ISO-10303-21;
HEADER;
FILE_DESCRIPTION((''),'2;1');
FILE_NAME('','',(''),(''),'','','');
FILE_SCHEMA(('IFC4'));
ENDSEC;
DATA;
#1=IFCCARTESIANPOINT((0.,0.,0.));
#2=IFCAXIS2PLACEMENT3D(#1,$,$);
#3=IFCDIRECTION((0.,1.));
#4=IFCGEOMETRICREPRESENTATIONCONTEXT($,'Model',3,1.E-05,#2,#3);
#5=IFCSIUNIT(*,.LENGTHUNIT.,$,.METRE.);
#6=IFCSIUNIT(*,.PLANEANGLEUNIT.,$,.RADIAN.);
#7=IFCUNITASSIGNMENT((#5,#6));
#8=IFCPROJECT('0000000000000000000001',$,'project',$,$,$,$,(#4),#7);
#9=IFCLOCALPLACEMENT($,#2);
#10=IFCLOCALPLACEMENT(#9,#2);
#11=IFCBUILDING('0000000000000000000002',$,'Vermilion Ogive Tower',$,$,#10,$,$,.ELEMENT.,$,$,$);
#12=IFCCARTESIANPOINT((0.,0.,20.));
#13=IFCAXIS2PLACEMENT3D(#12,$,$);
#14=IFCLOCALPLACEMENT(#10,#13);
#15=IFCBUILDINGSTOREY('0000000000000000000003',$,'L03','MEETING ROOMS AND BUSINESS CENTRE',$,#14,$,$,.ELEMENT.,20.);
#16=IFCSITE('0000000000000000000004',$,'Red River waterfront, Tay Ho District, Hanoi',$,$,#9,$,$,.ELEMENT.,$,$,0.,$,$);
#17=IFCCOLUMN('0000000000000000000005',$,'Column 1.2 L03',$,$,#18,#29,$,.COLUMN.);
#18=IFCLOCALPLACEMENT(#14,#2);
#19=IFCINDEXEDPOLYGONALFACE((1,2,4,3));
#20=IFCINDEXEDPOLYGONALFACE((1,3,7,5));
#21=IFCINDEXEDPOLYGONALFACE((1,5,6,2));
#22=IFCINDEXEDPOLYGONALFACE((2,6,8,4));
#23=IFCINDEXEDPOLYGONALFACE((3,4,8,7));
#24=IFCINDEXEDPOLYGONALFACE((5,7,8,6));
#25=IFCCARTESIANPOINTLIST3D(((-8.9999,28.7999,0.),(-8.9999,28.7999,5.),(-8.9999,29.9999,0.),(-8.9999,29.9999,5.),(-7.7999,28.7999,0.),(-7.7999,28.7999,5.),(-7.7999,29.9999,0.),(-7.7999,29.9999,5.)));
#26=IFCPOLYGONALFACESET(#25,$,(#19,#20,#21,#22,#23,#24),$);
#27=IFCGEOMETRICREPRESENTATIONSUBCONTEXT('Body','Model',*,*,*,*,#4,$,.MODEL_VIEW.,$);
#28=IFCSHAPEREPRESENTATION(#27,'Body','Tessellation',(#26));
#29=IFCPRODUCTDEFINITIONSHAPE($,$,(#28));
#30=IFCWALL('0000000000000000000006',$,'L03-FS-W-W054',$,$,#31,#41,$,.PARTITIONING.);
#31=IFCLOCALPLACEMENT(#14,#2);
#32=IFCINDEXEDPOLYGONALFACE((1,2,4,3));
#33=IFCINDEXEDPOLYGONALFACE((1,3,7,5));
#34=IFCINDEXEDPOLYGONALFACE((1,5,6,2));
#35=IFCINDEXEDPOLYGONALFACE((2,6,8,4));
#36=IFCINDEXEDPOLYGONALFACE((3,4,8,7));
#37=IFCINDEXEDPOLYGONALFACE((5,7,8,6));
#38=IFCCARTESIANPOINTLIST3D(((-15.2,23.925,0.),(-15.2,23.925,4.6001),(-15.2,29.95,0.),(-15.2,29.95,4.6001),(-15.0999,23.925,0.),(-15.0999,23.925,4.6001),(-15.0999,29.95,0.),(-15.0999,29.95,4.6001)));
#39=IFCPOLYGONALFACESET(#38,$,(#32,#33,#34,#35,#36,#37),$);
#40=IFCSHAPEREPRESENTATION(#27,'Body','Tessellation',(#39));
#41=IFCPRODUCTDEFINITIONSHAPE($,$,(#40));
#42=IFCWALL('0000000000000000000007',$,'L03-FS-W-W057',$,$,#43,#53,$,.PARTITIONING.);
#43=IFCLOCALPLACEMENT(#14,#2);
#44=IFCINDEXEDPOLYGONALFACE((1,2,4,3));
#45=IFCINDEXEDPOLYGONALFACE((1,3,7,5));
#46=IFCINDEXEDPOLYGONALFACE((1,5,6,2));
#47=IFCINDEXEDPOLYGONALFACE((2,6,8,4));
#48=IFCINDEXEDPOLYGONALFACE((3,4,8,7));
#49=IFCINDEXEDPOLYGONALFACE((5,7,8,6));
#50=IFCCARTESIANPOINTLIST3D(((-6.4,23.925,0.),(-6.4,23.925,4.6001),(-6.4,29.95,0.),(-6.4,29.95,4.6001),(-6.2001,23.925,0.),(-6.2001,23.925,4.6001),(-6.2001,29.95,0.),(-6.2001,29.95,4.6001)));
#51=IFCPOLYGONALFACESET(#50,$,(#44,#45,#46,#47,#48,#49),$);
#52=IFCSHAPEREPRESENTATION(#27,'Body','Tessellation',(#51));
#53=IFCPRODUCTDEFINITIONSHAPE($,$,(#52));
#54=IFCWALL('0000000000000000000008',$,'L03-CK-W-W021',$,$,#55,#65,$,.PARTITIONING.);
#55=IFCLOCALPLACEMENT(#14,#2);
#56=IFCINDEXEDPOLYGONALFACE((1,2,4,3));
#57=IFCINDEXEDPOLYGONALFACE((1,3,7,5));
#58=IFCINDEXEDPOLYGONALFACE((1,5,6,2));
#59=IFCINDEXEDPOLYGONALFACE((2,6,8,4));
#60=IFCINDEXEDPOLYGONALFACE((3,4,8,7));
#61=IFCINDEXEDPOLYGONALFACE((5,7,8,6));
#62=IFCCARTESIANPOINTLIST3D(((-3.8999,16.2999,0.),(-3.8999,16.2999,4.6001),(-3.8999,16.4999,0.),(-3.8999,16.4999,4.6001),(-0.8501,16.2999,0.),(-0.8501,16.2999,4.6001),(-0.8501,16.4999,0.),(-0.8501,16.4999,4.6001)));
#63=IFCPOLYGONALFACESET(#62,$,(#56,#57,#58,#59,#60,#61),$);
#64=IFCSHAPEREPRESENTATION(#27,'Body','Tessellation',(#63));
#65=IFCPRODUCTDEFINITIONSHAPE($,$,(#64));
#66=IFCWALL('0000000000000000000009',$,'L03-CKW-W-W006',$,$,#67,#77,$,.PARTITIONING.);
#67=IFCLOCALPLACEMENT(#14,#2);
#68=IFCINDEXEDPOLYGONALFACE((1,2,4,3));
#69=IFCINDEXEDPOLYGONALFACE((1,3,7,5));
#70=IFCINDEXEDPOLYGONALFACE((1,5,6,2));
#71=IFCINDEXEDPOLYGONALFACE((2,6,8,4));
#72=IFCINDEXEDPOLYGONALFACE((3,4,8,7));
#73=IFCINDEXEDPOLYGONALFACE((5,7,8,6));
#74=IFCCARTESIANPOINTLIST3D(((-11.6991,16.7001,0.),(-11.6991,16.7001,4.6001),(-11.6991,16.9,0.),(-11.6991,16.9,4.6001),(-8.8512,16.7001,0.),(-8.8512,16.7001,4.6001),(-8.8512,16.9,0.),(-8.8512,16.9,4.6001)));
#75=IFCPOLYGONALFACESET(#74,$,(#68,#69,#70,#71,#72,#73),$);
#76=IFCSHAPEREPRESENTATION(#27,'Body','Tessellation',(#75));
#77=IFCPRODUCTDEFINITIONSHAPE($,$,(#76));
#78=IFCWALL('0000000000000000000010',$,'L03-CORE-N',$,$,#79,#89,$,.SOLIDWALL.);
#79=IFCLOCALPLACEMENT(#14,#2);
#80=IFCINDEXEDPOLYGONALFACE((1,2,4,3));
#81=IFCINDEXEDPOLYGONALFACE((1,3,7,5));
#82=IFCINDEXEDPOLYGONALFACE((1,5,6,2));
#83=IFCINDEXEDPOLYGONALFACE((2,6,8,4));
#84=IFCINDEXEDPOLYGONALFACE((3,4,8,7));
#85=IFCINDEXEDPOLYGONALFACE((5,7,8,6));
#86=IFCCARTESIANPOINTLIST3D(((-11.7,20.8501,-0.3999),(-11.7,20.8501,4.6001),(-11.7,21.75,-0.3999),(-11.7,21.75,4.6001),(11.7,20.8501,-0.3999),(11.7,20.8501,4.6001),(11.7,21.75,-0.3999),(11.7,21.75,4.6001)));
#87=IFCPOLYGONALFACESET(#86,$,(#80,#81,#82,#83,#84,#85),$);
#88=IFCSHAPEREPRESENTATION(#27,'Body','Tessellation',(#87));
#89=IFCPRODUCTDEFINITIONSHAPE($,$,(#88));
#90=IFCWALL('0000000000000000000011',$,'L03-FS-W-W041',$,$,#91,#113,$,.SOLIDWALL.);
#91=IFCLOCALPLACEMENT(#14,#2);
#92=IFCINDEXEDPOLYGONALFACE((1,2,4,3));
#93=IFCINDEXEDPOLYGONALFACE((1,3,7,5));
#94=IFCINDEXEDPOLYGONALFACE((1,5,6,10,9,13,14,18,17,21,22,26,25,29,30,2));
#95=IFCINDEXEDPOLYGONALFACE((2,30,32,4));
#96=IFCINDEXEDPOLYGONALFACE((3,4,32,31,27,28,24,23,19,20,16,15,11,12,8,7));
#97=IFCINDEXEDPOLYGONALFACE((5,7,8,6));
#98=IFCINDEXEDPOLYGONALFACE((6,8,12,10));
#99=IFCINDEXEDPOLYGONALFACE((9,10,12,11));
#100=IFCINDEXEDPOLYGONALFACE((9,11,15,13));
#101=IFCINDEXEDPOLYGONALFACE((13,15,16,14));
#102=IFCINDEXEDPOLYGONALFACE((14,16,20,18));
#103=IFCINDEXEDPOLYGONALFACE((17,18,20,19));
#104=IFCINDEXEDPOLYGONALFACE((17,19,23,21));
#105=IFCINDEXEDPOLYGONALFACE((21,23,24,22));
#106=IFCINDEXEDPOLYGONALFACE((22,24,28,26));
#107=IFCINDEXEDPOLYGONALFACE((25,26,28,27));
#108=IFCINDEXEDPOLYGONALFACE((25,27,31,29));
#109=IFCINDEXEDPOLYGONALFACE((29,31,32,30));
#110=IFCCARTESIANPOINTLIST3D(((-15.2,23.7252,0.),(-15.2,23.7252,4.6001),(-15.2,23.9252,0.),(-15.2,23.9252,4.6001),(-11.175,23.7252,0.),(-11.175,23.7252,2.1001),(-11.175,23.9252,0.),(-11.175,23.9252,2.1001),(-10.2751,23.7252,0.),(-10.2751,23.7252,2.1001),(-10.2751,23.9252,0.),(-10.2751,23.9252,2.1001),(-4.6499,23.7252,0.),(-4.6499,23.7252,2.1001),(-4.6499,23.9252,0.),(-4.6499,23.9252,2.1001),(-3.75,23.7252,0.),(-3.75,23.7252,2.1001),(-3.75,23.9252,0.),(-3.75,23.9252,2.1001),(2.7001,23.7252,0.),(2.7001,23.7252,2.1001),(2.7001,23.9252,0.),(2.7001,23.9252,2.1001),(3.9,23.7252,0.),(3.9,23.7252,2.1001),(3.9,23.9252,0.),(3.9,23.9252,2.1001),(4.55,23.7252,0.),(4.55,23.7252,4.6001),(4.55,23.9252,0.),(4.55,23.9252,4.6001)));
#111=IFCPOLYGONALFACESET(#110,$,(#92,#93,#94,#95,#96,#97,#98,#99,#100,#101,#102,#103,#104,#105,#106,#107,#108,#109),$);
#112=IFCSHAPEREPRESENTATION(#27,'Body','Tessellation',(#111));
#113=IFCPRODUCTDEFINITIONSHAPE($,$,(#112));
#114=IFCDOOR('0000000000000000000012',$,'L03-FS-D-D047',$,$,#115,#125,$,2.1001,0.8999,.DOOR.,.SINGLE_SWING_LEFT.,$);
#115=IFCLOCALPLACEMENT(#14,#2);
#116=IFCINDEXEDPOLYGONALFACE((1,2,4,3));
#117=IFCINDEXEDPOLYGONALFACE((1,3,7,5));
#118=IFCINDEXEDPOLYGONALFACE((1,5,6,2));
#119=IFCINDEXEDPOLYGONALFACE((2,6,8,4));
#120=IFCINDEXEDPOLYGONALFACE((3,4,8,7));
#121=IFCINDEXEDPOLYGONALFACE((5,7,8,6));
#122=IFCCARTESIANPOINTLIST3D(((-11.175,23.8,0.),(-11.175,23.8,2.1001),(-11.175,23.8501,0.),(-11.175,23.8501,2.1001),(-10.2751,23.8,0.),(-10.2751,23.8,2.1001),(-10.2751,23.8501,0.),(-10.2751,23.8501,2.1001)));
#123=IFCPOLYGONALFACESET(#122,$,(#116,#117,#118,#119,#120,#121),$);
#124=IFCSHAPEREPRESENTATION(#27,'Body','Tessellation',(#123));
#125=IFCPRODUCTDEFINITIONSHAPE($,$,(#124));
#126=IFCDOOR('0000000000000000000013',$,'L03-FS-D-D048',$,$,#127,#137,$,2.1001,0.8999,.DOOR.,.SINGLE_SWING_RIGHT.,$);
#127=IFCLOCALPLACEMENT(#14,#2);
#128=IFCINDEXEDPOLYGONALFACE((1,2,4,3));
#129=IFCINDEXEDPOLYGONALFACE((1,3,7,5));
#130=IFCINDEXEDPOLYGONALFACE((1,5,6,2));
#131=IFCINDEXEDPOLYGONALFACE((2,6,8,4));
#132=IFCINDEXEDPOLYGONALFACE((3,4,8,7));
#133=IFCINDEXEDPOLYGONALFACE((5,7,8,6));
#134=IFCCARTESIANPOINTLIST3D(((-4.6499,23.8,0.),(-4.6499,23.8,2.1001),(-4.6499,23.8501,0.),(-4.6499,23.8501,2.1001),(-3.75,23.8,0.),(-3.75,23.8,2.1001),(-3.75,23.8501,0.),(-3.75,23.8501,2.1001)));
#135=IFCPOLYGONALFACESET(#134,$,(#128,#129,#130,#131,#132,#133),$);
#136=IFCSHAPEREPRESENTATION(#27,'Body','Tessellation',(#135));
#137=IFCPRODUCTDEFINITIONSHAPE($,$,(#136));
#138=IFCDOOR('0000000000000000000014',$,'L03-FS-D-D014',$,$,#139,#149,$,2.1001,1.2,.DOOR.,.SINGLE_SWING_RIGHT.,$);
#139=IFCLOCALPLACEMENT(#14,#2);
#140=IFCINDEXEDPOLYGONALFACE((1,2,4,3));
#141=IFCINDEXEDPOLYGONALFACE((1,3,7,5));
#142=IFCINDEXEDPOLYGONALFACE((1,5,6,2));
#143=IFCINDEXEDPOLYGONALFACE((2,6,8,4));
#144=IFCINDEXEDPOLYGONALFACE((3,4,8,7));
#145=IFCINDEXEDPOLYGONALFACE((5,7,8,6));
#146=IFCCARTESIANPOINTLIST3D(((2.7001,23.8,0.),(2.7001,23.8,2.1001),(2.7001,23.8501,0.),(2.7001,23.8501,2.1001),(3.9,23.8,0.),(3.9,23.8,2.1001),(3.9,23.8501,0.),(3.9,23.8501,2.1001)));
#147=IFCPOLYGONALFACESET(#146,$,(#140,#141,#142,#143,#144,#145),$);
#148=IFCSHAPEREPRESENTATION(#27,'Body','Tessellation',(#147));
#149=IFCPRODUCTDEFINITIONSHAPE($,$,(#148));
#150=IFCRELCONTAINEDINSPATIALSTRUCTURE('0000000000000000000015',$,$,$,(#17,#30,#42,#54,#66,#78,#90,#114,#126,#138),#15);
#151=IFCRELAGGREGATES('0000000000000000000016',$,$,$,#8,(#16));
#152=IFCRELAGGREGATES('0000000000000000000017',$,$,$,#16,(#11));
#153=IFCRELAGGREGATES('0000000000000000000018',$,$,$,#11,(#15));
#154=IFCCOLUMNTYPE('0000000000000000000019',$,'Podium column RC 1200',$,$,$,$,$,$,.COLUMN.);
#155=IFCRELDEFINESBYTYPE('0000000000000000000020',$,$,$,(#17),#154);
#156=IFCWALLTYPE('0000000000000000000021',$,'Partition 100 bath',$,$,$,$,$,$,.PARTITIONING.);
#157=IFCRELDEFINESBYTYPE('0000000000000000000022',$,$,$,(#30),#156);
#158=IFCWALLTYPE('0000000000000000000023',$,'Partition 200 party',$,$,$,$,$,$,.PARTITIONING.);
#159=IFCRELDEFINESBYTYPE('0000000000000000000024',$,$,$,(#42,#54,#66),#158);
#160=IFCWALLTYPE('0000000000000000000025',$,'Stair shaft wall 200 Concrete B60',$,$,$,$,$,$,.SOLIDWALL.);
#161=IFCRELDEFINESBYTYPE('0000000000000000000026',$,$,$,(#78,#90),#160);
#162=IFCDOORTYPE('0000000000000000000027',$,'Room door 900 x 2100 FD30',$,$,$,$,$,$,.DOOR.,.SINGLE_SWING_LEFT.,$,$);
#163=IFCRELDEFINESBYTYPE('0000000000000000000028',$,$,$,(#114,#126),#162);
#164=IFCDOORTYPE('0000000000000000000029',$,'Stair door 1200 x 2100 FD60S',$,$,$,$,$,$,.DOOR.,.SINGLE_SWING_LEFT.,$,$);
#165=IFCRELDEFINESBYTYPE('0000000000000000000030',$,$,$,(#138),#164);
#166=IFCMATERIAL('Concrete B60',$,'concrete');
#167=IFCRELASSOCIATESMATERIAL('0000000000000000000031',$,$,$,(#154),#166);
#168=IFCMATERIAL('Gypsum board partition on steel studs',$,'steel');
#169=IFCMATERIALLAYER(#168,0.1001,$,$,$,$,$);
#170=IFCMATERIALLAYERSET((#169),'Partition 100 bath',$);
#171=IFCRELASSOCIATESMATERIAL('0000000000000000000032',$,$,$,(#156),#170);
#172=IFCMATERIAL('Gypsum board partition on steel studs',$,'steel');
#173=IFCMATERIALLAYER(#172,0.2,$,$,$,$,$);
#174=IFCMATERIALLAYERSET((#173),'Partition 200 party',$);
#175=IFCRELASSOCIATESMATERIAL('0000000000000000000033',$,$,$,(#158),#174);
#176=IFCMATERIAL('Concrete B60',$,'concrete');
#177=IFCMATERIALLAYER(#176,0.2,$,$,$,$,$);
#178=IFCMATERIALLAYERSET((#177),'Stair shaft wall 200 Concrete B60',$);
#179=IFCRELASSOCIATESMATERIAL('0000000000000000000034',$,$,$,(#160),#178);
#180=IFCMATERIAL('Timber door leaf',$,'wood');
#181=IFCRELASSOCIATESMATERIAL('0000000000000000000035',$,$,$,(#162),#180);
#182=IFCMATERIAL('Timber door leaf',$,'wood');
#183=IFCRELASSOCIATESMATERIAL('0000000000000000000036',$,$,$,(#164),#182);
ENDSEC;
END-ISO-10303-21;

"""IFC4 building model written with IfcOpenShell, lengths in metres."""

from ifc_helpers import new_model, si_unit, direction, frame, frame_2d, origin, origin_2d, place, context, subcontext, project, spatial, rectangle, extrude, material, layer, layer_set, material_profile, profile_set, type_object, element, fill, save


model = new_model("IFC4")

# Units and contexts
model_context = context("Model", 3, precision=1e-05, world=origin(), true_north=direction((0.0, 1.0)))
body_context = subcontext(model_context, "Body", "Model", "MODEL_VIEW")
ifc_project = project(units=[si_unit("LENGTHUNIT", "METRE"), si_unit("PLANEANGLEUNIT", "RADIAN")], contexts=[model_context])

# Site, building, storey
site_placement = place(None, origin())
site = spatial("IfcSite", under=ifc_project, at=site_placement, Name="Red River waterfront, Tay Ho District, Hanoi", CompositionType="ELEMENT", RefElevation=0.0)
building_placement = place(site_placement, origin())
building = spatial("IfcBuilding", under=site, at=building_placement, Name="Vermilion Ogive Tower", CompositionType="ELEMENT")
storey_placement = place(building_placement, frame((0.0, 0.0, 20.0)))
storey = spatial("IfcBuildingStorey", under=building, at=storey_placement, Name="L03", Description="MEETING ROOMS AND BUSINESS CENTRE", CompositionType="ELEMENT", Elevation=20.0)

# Column
ifc_material_1 = material(Name="Concrete B60", Category="concrete")
ifc_material_profile = material_profile(ifc_material_1, rectangle(XDim=1.2, YDim=1.2, at=origin_2d()), Name="RC 1200x1200")
ifc_profile_set = profile_set([ifc_material_profile], Name="Concrete B60")
column_type = type_object("IfcColumnType", Name="Podium column RC 1200", PredefinedType="COLUMN", material=ifc_profile_set)
column_placement = place(storey_placement, frame((-8.3999, 29.3999, 0.0), z_axis=(0.0, 0.0, 1.0), x_axis=(1.0, 0.0, 0.0)))
element("IfcColumn", 1, at=column_placement, inside=storey, type_object=column_type, Name="Column 1.2 L03", PredefinedType="COLUMN", context=body_context, shape_type="SweptSolid", body=[
    extrude(rectangle(XDim=1.2, YDim=1.2, at=origin_2d()), origin(), (0.0, 0.0, 1.0), 5.0),
])

# Walls
ifc_material_2 = material(Name="Gypsum board partition on steel studs", Category="steel")
ifc_layer_1 = layer(ifc_material_2, 0.1001)
ifc_layer_set_1 = layer_set([ifc_layer_1], Name="Partition 100 bath")
wall_type_1 = type_object("IfcWallType", Name="Partition 100 bath", PredefinedType="PARTITIONING", material=ifc_layer_set_1)
wall_1_placement = place(storey_placement, frame((-15.1499, 23.925, 0.0), z_axis=(0.0, 0.0, 1.0), x_axis=(0.0, 1.0, 0.0)))
element("IfcWall", 2, at=wall_1_placement, inside=storey, type_object=wall_type_1, Name="L03-FS-W-W054", PredefinedType="PARTITIONING", context=body_context, shape_type="SweptSolid", body=[
    extrude(rectangle(XDim=6.0249, YDim=0.1001, at=frame_2d((3.0125, 0.0))), origin(), (0.0, 0.0, 1.0), 4.6001),
])
ifc_material_3 = material(Name="Gypsum board partition on steel studs", Category="steel")
ifc_layer_2 = layer(ifc_material_3, 0.2)
ifc_layer_set_2 = layer_set([ifc_layer_2], Name="Partition 200 party")
wall_type_2 = type_object("IfcWallType", Name="Partition 200 party", PredefinedType="PARTITIONING", material=ifc_layer_set_2)
wall_2_placement = place(storey_placement, frame((-6.3, 23.925, 0.0), z_axis=(0.0, 0.0, 1.0), x_axis=(0.0, 1.0, 0.0)))
element("IfcWall", 3, at=wall_2_placement, inside=storey, type_object=wall_type_2, Name="L03-FS-W-W057", PredefinedType="PARTITIONING", context=body_context, shape_type="SweptSolid", body=[
    extrude(rectangle(XDim=6.0249, YDim=0.2, at=frame_2d((3.0125, 0.0))), origin(), (0.0, 0.0, 1.0), 4.6001),
])
wall_3_placement = place(storey_placement, frame((-3.8999, 16.3999, 0.0), z_axis=(0.0, 0.0, 1.0), x_axis=(1.0, 0.0, 0.0)))
element("IfcWall", 4, at=wall_3_placement, inside=storey, type_object=wall_type_2, Name="L03-CK-W-W021", PredefinedType="PARTITIONING", context=body_context, shape_type="SweptSolid", body=[
    extrude(rectangle(XDim=3.0498, YDim=0.2, at=frame_2d((1.5249, 0.0))), origin(), (0.0, 0.0, 1.0), 4.6001),
])
wall_4_placement = place(storey_placement, frame((-11.699, 16.8, 0.0), z_axis=(0.0, 0.0, 1.0), x_axis=(1.0, 0.0, 0.0)))
element("IfcWall", 5, at=wall_4_placement, inside=storey, type_object=wall_type_2, Name="L03-CKW-W-W006", PredefinedType="PARTITIONING", context=body_context, shape_type="SweptSolid", body=[
    extrude(rectangle(XDim=2.8479, YDim=0.2, at=frame_2d((1.4238, 0.0))), origin(), (0.0, 0.0, 1.0), 4.6001),
])
ifc_material_4 = material(Name="Concrete B60", Category="concrete")
ifc_layer_3 = layer(ifc_material_4, 0.2)
ifc_layer_set_3 = layer_set([ifc_layer_3], Name="Stair shaft wall 200 Concrete B60")
wall_type_3 = type_object("IfcWallType", Name="Stair shaft wall 200 Concrete B60", PredefinedType="SOLIDWALL", material=ifc_layer_set_3)
wall_5_placement = place(storey_placement, frame((-11.7, 21.3, -0.3999), z_axis=(0.0, 0.0, 1.0), x_axis=(1.0, 0.0, 0.0)))
element("IfcWall", 6, at=wall_5_placement, inside=storey, type_object=wall_type_3, Name="L03-CORE-N", PredefinedType="SOLIDWALL", context=body_context, shape_type="SweptSolid", body=[
    extrude(rectangle(XDim=23.3999, YDim=0.8999, at=frame_2d((11.7, 0.0))), origin(), (0.0, 0.0, 1.0), 5.0),
])

# Wall, openings, doors
wall_6_placement = place(storey_placement, frame((-15.2, 23.8252, 0.0), z_axis=(0.0, 0.0, 1.0), x_axis=(1.0, 0.0, 0.0)))
wall_6 = element("IfcWall", 7, at=wall_6_placement, inside=storey, type_object=wall_type_3, Name="L03-FS-W-W041", PredefinedType="SOLIDWALL", context=body_context, shape_type="SweptSolid", body=[
    extrude(rectangle(XDim=19.75, YDim=0.2, at=frame_2d((9.875, 0.0))), origin(), (0.0, 0.0, 1.0), 4.6001),
])
opening_1_placement = place(wall_6_placement, frame((17.8999, 0.0, 0.0)))
opening_1 = element("IfcOpeningElement", 8, at=opening_1_placement, cuts=wall_6, PredefinedType="OPENING", context=body_context, shape_type="SweptSolid", body=[
    extrude(rectangle(XDim=1.2, YDim=2.1001, at=frame_2d((0.6001, 1.05))), frame((0.0, 0.1099, 0.0), z_axis=(0.0, -1.0, 0.0), x_axis=(1.0, 0.0, 0.0)), (0.0, 0.0, 1.0), 0.22),
])
opening_2_placement = place(wall_6_placement, frame((4.0249, 0.0, 0.0)))
opening_2 = element("IfcOpeningElement", 9, at=opening_2_placement, cuts=wall_6, PredefinedType="OPENING", context=body_context, shape_type="SweptSolid", body=[
    extrude(rectangle(XDim=0.8999, YDim=2.1001, at=frame_2d((0.45, 1.05))), frame((0.0, 0.1099, 0.0), z_axis=(0.0, -1.0, 0.0), x_axis=(1.0, 0.0, 0.0)), (0.0, 0.0, 1.0), 0.22),
])
opening_3_placement = place(wall_6_placement, frame((10.55, 0.0, 0.0)))
opening_3 = element("IfcOpeningElement", 10, at=opening_3_placement, cuts=wall_6, PredefinedType="OPENING", context=body_context, shape_type="SweptSolid", body=[
    extrude(rectangle(XDim=0.8999, YDim=2.1001, at=frame_2d((0.45, 1.05))), frame((0.0, 0.1099, 0.0), z_axis=(0.0, -1.0, 0.0), x_axis=(1.0, 0.0, 0.0)), (0.0, 0.0, 1.0), 0.22),
])
ifc_material_5 = material(Name="Timber door leaf", Category="wood")
door_type_1 = type_object("IfcDoorType", Name="Room door 900 x 2100 FD30", OperationType="SINGLE_SWING_LEFT", PredefinedType="DOOR", material=ifc_material_5)
door_1_placement = place(opening_2_placement, origin())
door_1 = element("IfcDoor", 11, at=door_1_placement, inside=storey, type_object=door_type_1, Name="L03-FS-D-D047", OperationType="SINGLE_SWING_LEFT", OverallHeight=2.1001, OverallWidth=0.8999, PredefinedType="DOOR", context=body_context, shape_type="SweptSolid", body=[
    extrude(rectangle(XDim=0.8999, YDim=2.1001, at=frame_2d((0.45, 1.05))), frame((0.0, 0.0249, 0.0), z_axis=(0.0, -1.0, 0.0), x_axis=(1.0, 0.0, 0.0)), (0.0, 0.0, 1.0), 0.05),
])
fill(opening_2, door_1)
door_2_placement = place(opening_3_placement, origin())
door_2 = element("IfcDoor", 12, at=door_2_placement, inside=storey, type_object=door_type_1, Name="L03-FS-D-D048", OperationType="SINGLE_SWING_RIGHT", OverallHeight=2.1001, OverallWidth=0.8999, PredefinedType="DOOR", context=body_context, shape_type="SweptSolid", body=[
    extrude(rectangle(XDim=0.8999, YDim=2.1001, at=frame_2d((0.45, 1.05))), frame((0.0, 0.0249, 0.0), z_axis=(0.0, -1.0, 0.0), x_axis=(1.0, 0.0, 0.0)), (0.0, 0.0, 1.0), 0.05),
])
fill(opening_3, door_2)
ifc_material_6 = material(Name="Timber door leaf", Category="wood")
door_type_2 = type_object("IfcDoorType", Name="Stair door 1200 x 2100 FD60S", OperationType="SINGLE_SWING_LEFT", PredefinedType="DOOR", material=ifc_material_6)
door_3_placement = place(opening_1_placement, origin())
door_3 = element("IfcDoor", 13, at=door_3_placement, inside=storey, type_object=door_type_2, Name="L03-FS-D-D014", OperationType="SINGLE_SWING_RIGHT", OverallHeight=2.1001, OverallWidth=1.2, PredefinedType="DOOR", context=body_context, shape_type="SweptSolid", body=[
    extrude(rectangle(XDim=1.2, YDim=2.1001, at=frame_2d((0.6001, 1.05))), frame((0.0, 0.0249, 0.0), z_axis=(0.0, -1.0, 0.0), x_axis=(1.0, 0.0, 0.0)), (0.0, 0.0, 1.0), 0.05),
])
fill(opening_1, door_3)

save(model, "model.ifc")
